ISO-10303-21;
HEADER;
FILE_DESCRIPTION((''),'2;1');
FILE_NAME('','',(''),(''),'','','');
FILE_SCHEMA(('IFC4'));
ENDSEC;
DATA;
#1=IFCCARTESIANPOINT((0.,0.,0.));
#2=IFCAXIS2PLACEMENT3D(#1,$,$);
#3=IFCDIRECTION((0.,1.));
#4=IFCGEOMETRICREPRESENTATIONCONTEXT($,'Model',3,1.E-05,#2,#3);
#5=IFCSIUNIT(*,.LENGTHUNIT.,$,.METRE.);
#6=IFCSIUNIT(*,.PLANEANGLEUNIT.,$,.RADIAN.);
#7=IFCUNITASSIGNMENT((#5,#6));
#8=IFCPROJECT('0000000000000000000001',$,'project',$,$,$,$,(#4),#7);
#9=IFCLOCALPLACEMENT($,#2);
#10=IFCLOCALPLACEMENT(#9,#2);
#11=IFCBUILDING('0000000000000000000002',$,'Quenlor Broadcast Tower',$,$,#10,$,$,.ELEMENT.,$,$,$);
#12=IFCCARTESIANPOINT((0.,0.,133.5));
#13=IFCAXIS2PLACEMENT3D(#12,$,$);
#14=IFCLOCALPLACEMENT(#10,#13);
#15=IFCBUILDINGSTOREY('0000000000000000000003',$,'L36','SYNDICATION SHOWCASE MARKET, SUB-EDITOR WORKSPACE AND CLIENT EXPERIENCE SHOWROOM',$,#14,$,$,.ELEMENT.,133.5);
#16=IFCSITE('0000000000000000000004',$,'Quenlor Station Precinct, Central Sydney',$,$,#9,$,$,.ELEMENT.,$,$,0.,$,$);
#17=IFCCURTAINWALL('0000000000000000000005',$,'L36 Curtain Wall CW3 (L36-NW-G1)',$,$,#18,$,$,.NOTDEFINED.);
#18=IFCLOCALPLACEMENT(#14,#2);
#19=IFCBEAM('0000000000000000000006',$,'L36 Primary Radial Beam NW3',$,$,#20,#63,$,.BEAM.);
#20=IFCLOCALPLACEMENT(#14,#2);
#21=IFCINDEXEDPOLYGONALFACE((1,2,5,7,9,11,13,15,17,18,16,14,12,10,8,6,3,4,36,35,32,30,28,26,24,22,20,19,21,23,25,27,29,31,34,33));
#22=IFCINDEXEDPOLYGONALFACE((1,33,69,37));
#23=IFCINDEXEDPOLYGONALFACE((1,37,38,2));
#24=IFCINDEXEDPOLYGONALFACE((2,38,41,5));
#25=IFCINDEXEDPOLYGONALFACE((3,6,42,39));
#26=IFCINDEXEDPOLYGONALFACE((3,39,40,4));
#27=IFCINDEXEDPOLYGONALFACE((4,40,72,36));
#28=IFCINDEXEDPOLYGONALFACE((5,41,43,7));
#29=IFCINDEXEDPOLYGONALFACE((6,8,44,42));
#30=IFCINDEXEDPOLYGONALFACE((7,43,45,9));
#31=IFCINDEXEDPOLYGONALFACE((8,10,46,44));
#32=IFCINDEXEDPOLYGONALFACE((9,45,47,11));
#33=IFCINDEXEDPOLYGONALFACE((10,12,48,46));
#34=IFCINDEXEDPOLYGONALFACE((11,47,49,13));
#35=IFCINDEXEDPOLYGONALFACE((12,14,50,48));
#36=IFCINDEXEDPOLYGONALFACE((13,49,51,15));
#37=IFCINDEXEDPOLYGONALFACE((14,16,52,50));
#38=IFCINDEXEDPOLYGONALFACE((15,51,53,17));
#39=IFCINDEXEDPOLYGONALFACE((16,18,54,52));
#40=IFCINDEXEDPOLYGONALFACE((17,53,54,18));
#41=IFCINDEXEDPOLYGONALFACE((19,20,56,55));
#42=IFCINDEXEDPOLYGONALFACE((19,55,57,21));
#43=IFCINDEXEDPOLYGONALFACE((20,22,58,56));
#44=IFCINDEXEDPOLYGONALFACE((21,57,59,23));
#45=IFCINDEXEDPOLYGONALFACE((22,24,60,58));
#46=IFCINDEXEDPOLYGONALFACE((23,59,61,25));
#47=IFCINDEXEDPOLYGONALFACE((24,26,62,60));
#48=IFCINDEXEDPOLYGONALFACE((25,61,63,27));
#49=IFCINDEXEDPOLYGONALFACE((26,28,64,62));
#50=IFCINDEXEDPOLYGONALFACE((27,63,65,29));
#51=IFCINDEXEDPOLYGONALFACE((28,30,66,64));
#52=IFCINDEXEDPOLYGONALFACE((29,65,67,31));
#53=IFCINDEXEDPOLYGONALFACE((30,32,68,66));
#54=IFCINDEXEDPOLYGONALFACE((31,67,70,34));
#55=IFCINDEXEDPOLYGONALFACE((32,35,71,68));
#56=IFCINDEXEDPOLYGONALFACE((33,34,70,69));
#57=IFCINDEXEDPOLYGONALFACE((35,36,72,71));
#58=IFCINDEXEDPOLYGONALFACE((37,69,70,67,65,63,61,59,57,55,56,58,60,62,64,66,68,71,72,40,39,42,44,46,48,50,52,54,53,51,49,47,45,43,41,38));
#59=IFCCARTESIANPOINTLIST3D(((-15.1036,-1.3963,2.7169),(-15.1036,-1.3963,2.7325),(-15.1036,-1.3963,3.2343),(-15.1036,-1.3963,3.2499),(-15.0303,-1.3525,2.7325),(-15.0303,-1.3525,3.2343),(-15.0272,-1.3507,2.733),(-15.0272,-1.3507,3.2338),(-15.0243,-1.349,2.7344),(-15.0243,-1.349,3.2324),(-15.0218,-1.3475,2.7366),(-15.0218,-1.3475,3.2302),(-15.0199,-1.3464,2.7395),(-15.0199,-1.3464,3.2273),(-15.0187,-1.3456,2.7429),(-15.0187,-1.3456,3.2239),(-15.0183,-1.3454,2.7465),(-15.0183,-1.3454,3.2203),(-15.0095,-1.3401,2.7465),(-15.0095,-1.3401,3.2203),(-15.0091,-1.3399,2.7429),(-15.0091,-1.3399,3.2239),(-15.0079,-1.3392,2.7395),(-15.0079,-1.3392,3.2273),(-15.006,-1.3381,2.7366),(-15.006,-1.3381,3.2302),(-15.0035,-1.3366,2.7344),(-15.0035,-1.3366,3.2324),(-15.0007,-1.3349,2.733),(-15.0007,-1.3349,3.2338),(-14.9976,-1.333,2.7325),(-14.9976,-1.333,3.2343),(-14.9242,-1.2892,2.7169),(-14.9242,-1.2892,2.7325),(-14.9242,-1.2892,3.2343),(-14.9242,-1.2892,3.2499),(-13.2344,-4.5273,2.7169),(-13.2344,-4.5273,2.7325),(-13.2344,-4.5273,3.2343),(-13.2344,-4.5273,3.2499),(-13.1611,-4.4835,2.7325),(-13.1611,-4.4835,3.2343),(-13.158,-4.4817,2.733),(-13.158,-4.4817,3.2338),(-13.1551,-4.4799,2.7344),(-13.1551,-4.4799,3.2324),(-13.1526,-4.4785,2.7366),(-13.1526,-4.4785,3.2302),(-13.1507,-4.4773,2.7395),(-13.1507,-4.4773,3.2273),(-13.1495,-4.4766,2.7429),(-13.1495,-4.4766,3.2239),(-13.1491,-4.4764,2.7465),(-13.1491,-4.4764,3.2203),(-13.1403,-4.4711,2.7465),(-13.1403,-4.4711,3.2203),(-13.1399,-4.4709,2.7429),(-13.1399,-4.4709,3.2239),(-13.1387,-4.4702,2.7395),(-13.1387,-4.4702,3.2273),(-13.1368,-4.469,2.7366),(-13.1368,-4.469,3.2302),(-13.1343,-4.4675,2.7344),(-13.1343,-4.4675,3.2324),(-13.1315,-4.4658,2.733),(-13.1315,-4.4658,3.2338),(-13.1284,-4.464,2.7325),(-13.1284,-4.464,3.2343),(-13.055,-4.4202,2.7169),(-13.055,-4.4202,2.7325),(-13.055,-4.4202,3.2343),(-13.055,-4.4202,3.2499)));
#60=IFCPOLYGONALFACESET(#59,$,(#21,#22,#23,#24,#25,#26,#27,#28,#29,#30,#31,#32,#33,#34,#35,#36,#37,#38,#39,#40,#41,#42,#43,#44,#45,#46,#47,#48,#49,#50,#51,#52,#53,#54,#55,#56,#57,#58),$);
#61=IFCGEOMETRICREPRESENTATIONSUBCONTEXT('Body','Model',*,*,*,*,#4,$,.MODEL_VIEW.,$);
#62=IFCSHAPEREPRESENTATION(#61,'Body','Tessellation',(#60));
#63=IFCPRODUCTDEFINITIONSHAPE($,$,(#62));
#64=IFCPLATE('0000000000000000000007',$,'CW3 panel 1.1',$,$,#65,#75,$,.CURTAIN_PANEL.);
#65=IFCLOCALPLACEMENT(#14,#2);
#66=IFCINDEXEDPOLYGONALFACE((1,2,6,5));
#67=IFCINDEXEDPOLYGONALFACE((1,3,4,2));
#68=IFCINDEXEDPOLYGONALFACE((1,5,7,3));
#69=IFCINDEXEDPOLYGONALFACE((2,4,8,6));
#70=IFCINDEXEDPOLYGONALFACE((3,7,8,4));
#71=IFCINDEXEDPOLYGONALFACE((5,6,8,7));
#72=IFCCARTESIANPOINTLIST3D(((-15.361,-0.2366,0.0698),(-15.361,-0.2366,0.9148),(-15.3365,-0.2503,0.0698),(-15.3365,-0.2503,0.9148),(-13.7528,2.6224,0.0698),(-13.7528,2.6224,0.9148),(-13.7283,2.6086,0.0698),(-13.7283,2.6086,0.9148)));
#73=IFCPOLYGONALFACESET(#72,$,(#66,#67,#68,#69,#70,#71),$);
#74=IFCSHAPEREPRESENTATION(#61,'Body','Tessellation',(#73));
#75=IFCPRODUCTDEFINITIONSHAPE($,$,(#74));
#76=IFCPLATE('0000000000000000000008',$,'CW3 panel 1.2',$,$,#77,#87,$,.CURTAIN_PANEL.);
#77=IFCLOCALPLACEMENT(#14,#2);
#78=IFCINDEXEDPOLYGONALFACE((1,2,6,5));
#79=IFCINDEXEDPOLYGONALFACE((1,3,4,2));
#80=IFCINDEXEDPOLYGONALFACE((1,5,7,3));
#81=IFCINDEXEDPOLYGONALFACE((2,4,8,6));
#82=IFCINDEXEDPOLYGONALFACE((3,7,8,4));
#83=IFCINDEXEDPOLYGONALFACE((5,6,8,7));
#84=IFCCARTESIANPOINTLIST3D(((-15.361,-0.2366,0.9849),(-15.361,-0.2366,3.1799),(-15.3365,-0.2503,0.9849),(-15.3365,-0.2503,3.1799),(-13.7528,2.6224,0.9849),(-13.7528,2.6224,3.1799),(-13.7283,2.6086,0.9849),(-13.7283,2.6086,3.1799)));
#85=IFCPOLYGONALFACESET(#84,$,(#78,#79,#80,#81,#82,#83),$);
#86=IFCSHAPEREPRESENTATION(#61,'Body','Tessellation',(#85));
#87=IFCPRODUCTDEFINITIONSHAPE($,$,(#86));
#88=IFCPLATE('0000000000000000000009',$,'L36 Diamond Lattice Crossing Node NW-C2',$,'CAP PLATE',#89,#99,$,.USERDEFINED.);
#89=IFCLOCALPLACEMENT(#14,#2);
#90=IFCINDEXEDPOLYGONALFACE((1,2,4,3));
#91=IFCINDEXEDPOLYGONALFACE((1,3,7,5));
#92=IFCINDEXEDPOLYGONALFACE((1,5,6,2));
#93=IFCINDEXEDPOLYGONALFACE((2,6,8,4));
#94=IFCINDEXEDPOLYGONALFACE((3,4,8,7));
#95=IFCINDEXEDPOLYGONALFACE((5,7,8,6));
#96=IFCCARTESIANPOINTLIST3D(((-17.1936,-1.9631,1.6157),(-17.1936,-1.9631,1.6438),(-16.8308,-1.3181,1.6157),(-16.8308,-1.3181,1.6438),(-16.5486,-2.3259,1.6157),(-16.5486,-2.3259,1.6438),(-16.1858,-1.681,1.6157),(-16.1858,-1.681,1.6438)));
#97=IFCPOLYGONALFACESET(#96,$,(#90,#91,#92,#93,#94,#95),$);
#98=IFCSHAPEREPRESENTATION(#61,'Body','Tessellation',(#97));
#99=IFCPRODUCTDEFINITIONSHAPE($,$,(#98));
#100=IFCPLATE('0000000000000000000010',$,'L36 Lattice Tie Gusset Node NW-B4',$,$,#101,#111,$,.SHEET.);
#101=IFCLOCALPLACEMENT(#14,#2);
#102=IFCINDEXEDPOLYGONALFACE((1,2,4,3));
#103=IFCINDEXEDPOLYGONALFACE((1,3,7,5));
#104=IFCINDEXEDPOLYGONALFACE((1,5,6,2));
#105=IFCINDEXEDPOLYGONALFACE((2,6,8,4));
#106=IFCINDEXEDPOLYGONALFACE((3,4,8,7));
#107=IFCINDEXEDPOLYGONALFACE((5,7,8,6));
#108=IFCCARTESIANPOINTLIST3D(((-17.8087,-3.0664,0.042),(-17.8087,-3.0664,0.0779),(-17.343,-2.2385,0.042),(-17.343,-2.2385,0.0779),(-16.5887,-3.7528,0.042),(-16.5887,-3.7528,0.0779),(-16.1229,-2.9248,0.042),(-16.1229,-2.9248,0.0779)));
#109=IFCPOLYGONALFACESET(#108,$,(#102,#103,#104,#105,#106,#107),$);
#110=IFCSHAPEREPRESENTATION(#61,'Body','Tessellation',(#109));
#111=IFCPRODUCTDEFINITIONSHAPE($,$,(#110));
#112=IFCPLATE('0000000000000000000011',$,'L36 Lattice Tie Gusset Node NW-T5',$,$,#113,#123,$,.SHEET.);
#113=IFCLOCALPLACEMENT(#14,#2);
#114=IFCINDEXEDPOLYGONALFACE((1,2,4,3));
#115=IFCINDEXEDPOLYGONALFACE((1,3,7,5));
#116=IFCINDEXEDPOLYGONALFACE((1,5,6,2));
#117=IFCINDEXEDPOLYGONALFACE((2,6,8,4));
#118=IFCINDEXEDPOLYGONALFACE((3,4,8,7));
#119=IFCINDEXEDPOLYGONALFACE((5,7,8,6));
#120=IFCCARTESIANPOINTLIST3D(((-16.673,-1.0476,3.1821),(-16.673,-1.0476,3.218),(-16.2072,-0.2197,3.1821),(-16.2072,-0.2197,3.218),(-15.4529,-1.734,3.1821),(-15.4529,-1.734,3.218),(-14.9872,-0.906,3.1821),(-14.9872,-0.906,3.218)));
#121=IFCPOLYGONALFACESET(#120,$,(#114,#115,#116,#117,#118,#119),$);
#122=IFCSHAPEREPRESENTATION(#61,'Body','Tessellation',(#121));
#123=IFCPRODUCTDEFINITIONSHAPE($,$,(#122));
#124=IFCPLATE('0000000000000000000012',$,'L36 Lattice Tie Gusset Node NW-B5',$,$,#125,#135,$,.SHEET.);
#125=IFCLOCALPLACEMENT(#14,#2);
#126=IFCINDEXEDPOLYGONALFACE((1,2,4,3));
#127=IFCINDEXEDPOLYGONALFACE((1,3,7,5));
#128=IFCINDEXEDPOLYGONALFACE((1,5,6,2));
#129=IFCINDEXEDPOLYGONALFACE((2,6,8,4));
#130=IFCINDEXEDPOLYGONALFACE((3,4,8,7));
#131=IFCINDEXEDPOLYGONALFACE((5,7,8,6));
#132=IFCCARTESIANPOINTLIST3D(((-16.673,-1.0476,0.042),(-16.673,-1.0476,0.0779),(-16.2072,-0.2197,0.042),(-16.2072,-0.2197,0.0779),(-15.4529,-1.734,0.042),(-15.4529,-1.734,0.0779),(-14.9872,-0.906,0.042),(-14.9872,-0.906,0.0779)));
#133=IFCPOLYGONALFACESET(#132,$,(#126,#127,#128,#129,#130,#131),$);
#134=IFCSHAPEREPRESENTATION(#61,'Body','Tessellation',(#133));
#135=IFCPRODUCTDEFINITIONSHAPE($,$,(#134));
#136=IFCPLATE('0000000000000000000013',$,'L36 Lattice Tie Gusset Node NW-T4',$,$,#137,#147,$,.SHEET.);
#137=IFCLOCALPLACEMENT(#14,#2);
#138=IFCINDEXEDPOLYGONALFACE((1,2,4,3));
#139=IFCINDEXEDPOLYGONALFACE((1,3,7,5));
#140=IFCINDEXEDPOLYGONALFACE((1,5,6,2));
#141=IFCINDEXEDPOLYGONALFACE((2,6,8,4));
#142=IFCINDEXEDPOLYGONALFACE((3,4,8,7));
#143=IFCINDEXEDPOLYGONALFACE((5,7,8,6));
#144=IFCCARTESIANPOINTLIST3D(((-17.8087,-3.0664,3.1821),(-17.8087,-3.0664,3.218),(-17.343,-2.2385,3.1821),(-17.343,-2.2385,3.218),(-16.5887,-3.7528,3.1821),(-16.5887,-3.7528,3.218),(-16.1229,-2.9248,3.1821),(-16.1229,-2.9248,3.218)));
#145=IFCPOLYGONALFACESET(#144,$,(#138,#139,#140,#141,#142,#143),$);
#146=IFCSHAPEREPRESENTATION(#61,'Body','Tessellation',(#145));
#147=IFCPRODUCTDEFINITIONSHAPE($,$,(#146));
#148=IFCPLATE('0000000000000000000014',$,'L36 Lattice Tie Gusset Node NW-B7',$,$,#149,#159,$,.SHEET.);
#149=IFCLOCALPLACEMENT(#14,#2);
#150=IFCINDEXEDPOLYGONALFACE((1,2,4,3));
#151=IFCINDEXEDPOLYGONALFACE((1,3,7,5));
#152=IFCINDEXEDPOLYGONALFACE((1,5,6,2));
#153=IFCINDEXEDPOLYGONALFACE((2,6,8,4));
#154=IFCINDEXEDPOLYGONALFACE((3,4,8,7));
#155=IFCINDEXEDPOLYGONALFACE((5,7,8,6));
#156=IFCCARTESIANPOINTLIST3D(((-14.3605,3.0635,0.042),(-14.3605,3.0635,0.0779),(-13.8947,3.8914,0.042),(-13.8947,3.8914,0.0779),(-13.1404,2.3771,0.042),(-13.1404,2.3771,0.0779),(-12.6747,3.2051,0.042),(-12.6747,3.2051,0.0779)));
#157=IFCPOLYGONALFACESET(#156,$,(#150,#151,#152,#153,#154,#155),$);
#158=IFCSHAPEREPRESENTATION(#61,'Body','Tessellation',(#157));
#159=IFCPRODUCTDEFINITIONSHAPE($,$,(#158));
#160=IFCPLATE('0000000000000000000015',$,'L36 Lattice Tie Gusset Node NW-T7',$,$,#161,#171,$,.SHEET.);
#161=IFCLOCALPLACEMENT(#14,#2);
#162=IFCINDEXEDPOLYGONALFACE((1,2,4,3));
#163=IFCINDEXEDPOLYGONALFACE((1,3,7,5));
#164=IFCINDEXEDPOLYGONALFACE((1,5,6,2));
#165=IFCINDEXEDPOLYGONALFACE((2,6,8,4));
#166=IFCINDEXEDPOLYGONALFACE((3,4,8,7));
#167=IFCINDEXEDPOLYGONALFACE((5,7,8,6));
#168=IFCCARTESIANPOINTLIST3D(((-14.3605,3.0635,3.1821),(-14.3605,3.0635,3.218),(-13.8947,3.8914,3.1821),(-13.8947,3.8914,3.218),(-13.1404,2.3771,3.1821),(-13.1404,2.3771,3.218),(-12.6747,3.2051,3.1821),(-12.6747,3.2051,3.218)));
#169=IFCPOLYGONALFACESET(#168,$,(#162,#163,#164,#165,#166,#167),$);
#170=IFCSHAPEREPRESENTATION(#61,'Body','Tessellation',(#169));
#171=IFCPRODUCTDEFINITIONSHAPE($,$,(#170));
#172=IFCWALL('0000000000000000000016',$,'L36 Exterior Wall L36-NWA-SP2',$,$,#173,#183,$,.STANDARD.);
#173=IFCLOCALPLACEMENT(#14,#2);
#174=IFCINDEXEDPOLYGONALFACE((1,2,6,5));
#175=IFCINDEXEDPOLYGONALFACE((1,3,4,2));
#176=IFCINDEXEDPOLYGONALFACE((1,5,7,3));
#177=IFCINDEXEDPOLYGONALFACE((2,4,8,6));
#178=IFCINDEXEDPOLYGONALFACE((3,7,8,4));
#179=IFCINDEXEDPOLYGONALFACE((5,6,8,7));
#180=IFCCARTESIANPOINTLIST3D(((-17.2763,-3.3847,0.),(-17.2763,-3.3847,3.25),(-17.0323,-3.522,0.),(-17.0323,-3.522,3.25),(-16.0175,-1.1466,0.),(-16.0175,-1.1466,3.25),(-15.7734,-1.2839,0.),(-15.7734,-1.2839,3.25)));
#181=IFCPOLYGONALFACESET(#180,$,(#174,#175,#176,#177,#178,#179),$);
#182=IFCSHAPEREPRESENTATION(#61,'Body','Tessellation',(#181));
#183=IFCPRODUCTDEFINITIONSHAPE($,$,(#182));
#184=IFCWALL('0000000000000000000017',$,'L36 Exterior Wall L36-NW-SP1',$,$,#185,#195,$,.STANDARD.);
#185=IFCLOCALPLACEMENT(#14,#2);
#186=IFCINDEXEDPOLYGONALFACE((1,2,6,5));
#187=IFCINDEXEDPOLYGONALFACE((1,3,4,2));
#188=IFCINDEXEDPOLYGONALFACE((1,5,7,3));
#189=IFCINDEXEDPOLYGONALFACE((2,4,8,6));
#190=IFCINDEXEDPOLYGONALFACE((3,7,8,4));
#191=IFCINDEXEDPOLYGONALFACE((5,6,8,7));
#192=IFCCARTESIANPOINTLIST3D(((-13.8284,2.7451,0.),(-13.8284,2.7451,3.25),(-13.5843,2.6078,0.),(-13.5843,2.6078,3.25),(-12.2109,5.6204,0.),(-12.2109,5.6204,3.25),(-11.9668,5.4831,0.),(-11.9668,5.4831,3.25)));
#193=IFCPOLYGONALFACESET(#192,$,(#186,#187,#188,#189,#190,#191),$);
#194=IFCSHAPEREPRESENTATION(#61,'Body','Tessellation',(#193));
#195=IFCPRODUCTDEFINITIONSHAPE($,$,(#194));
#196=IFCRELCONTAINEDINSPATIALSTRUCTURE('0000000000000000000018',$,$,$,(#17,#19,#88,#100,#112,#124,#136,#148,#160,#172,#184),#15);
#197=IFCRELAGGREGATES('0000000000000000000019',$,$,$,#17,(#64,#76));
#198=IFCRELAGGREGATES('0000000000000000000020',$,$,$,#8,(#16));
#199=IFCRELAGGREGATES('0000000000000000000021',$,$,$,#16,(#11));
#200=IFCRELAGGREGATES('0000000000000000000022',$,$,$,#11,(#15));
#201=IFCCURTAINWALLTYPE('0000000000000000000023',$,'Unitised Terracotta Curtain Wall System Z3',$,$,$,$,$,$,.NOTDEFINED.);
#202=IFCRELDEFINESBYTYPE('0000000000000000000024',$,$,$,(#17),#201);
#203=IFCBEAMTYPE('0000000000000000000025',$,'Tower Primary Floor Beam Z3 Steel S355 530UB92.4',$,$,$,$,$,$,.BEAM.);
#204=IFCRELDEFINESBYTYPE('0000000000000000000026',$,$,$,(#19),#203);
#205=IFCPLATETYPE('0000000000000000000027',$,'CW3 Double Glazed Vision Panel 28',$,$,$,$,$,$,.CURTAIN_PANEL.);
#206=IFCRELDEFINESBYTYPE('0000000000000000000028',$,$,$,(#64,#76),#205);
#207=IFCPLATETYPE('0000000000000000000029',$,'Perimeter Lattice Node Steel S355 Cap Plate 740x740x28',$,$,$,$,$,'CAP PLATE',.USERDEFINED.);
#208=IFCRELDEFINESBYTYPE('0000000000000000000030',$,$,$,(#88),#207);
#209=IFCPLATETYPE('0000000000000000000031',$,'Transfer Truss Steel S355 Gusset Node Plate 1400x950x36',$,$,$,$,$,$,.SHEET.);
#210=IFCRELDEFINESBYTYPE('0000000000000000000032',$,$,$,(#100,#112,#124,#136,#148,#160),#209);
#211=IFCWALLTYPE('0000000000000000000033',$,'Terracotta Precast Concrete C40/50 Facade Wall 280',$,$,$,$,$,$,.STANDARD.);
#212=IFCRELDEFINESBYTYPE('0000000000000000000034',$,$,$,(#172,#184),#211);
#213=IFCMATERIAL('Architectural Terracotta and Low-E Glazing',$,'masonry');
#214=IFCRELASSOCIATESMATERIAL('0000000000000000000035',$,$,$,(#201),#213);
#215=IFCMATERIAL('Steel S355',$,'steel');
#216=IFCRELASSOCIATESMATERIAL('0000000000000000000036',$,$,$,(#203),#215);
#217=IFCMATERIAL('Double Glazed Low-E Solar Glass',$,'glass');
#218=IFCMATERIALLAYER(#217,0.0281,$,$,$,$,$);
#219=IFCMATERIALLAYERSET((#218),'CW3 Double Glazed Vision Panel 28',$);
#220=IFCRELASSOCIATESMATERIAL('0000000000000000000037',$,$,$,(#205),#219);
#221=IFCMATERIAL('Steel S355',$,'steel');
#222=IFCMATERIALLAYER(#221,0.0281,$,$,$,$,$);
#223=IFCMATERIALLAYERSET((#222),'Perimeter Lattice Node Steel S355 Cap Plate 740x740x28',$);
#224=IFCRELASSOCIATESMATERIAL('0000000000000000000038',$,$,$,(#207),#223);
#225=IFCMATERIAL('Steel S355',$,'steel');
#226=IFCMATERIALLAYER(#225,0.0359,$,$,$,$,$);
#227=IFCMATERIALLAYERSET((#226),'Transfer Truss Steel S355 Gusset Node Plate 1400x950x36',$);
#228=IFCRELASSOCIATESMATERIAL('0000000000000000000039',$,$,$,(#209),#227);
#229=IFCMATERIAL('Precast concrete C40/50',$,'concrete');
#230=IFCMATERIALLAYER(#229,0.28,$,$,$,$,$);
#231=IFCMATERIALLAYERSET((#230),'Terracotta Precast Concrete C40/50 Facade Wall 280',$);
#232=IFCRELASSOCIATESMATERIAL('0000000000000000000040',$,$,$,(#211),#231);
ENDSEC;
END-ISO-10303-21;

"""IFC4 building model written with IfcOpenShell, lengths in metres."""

from ifc_helpers import new_model, si_unit, direction, frame, frame_2d, origin, origin_2d, place, context, subcontext, project, spatial, rectangle, i_section, extrude, material, layer, layer_set, material_profile, profile_set, type_object, element, aggregate, save


model = new_model("IFC4")

# Units and contexts
model_context = context("Model", 3, precision=1e-05, world=origin(), true_north=direction((0.0, 1.0)))
body_context = subcontext(model_context, "Body", "Model", "MODEL_VIEW")
ifc_project = project(units=[si_unit("LENGTHUNIT", "METRE"), si_unit("PLANEANGLEUNIT", "RADIAN")], contexts=[model_context])

# Site, building, storey
site_placement = place(None, origin())
site = spatial("IfcSite", under=ifc_project, at=site_placement, Name="Quenlor Station Precinct, Central Sydney", CompositionType="ELEMENT", RefElevation=0.0)
building_placement = place(site_placement, origin())
building = spatial("IfcBuilding", under=site, at=building_placement, Name="Quenlor Broadcast Tower", CompositionType="ELEMENT")
storey_placement = place(building_placement, frame((0.0, 0.0, 133.5)))
storey = spatial("IfcBuildingStorey", under=building, at=storey_placement, Name="L36", Description="SYNDICATION SHOWCASE MARKET, SUB-EDITOR WORKSPACE AND CLIENT EXPERIENCE SHOWROOM", CompositionType="ELEMENT", Elevation=133.5)

# Shared definitions
ifc_material_1 = material(Name="Architectural Terracotta and Low-E Glazing", Category="masonry")
curtain_wall_type = type_object("IfcCurtainWallType", Name="Unitised Terracotta Curtain Wall System Z3", PredefinedType="NOTDEFINED", material=ifc_material_1)

# Curtain wall
curtain_wall_1_placement = place(storey_placement, origin())
curtain_wall_1 = element("IfcCurtainWall", 1, at=curtain_wall_1_placement, inside=storey, type_object=curtain_wall_type, Name="L36 Curtain Wall CW3 (L36-NW-G1)", PredefinedType="NOTDEFINED")

# Beam
ifc_material_2 = material(Name="Steel S355", Category="steel")
ifc_material_profile_1 = material_profile(ifc_material_2, i_section(OverallWidth=0.209, OverallDepth=0.533, WebThickness=0.0103, FlangeThickness=0.0156, FilletRadius=0.0139, at=origin_2d()))
ifc_profile_set_1 = profile_set([ifc_material_profile_1], Name="Steel S355 530UB92.4")
beam_type_1 = type_object("IfcBeamType", Name="Tower Primary Floor Beam Z3 Steel S355 530UB92.4", PredefinedType="BEAM", material=ifc_profile_set_1)
beam_1_placement = place(storey_placement, frame((-15.0139, -1.3428, 2.9834), z_axis=(0.512604, -0.858625, 0.0), x_axis=(0.858625, 0.512604, 0.0)))
element("IfcBeam", 2, at=beam_1_placement, inside=storey, type_object=beam_type_1, Name="L36 Primary Radial Beam NW3", PredefinedType="BEAM", context=body_context, shape_type="SweptSolid", body=[
    extrude(i_section(OverallWidth=0.209, OverallDepth=0.533, WebThickness=0.0103, FlangeThickness=0.0156, FilletRadius=0.0139, at=origin_2d()), origin(), (0.0, 0.0, 1.0), 3.6465),
])

# Plates
ifc_material_3 = material(Name="Double Glazed Low-E Solar Glass", Category="glass")
ifc_layer_1 = layer(ifc_material_3, 0.0281)
ifc_layer_set_1 = layer_set([ifc_layer_1], Name="CW3 Double Glazed Vision Panel 28")
plate_type_1 = type_object("IfcPlateType", Name="CW3 Double Glazed Vision Panel 28", PredefinedType="CURTAIN_PANEL", material=ifc_layer_set_1)
plate_1_placement = place(storey_placement, frame((-14.5447, 1.186, 0.0698), z_axis=(0.0, 0.0, 1.0), x_axis=(0.490268, 0.871572, 0.0)))
plate_1 = element("IfcPlate", 3, at=plate_1_placement, type_object=plate_type_1, Name="CW3 panel 1.1", PredefinedType="CURTAIN_PANEL", context=body_context, shape_type="SweptSolid", body=[
    extrude(rectangle(XDim=3.2803, YDim=0.0281, at=origin_2d()), origin(), (0.0, 0.0, 1.0), 0.845),
])
plate_2_placement = place(storey_placement, frame((-14.5447, 1.186, 0.9849), z_axis=(0.0, 0.0, 1.0), x_axis=(0.490268, 0.871572, 0.0)))
plate_2 = element("IfcPlate", 4, at=plate_2_placement, type_object=plate_type_1, Name="CW3 panel 1.2", PredefinedType="CURTAIN_PANEL", context=body_context, shape_type="SweptSolid", body=[
    extrude(rectangle(XDim=3.2803, YDim=0.0281, at=origin_2d()), origin(), (0.0, 0.0, 1.0), 2.1951),
])
aggregate(curtain_wall_1, [plate_1, plate_2])

# Plates
ifc_material_4 = material(Name="Steel S355", Category="steel")
ifc_layer_2 = layer(ifc_material_4, 0.0281)
ifc_layer_set_2 = layer_set([ifc_layer_2], Name="Perimeter Lattice Node Steel S355 Cap Plate 740x740x28")
plate_type_2 = type_object("IfcPlateType", Name="Perimeter Lattice Node Steel S355 Cap Plate 740x740x28", ElementType="CAP PLATE", PredefinedType="USERDEFINED", material=ifc_layer_set_2)
plate_3_placement = place(storey_placement, frame((-16.6897, -1.822, 1.6157), z_axis=(0.0, 0.0, 1.0), x_axis=(0.490295, 0.871556, 0.0)))
element("IfcPlate", 5, at=plate_3_placement, inside=storey, type_object=plate_type_2, Name="L36 Diamond Lattice Crossing Node NW-C2", ObjectType="CAP PLATE", PredefinedType="USERDEFINED", context=body_context, shape_type="SweptSolid", body=[
    extrude(rectangle(XDim=0.74, YDim=0.74, at=origin_2d()), origin(), (0.0, 0.0, 1.0), 0.0281),
])
ifc_material_5 = material(Name="Steel S355", Category="steel")
ifc_layer_3 = layer(ifc_material_5, 0.0359)
ifc_layer_set_3 = layer_set([ifc_layer_3], Name="Transfer Truss Steel S355 Gusset Node Plate 1400x950x36")
plate_type_3 = type_object("IfcPlateType", Name="Transfer Truss Steel S355 Gusset Node Plate 1400x950x36", PredefinedType="SHEET", material=ifc_layer_set_3)
for number, where, z_axis, x_axis, name in (
    (6, (-16.9658, -2.9956, 0.042), (0.0, 0.0, 1.0), (-0.871556, 0.490295, 0.0), "L36 Lattice Tie Gusset Node NW-B4"),
    (7, (-15.8301, -0.9768, 3.1821), (0.0, 0.0, 1.0), (-0.871556, 0.490295, 0.0), "L36 Lattice Tie Gusset Node NW-T5"),
    (8, (-15.8301, -0.9768, 0.042), (0.0, 0.0, 1.0), (-0.871556, 0.490295, 0.0), "L36 Lattice Tie Gusset Node NW-B5"),
    (9, (-16.9658, -2.9956, 3.1821), (0.0, 0.0, 1.0), (-0.871556, 0.490295, 0.0), "L36 Lattice Tie Gusset Node NW-T4"),
    (10, (-13.5176, 3.1343, 0.042), (0.0, 0.0, 1.0), (-0.871556, 0.490295, 0.0), "L36 Lattice Tie Gusset Node NW-B7"),
    (11, (-13.5176, 3.1343, 3.1821), (0.0, 0.0, 1.0), (-0.871556, 0.490295, 0.0), "L36 Lattice Tie Gusset Node NW-T7"),
):
    element("IfcPlate", number, at=place(storey_placement, frame(where, z_axis=z_axis, x_axis=x_axis)), inside=storey, type_object=plate_type_3, Name=name, PredefinedType="SHEET", context=body_context, shape_type="SweptSolid", body=[
        extrude(rectangle(XDim=1.3999, YDim=0.95, at=origin_2d()), origin(), (0.0, 0.0, 1.0), 0.0359),
    ])

# Walls
ifc_material_6 = material(Name="Precast concrete C40/50", Category="concrete")
ifc_layer_4 = layer(ifc_material_6, 0.28)
ifc_layer_set_4 = layer_set([ifc_layer_4], Name="Terracotta Precast Concrete C40/50 Facade Wall 280")
wall_type = type_object("IfcWallType", Name="Terracotta Precast Concrete C40/50 Facade Wall 280", PredefinedType="STANDARD", material=ifc_layer_set_4)
wall_1_placement = place(storey_placement, frame((-17.1543, -3.4534, 0.0), z_axis=(0.0, 0.0, 1.0), x_axis=(0.49023, 0.871593, 0.0)))
element("IfcWall", 12, at=wall_1_placement, inside=storey, type_object=wall_type, Name="L36 Exterior Wall L36-NWA-SP2", PredefinedType="STANDARD", context=body_context, shape_type="SweptSolid", body=[
    extrude(rectangle(XDim=2.5679, YDim=0.28, at=frame_2d((1.2839, 0.0))), origin(), (0.0, 0.0, 1.0), 3.25),
])
wall_2_placement = place(storey_placement, frame((-13.7063, 2.6765, 0.0), z_axis=(0.0, 0.0, 1.0), x_axis=(0.490286, 0.871562, 0.0)))
element("IfcWall", 13, at=wall_2_placement, inside=storey, type_object=wall_type, Name="L36 Exterior Wall L36-NW-SP1", PredefinedType="STANDARD", context=body_context, shape_type="SweptSolid", body=[
    extrude(rectangle(XDim=3.2991, YDim=0.28, at=frame_2d((1.6494, 0.0))), origin(), (0.0, 0.0, 1.0), 3.25),
])

save(model, "model.ifc")
